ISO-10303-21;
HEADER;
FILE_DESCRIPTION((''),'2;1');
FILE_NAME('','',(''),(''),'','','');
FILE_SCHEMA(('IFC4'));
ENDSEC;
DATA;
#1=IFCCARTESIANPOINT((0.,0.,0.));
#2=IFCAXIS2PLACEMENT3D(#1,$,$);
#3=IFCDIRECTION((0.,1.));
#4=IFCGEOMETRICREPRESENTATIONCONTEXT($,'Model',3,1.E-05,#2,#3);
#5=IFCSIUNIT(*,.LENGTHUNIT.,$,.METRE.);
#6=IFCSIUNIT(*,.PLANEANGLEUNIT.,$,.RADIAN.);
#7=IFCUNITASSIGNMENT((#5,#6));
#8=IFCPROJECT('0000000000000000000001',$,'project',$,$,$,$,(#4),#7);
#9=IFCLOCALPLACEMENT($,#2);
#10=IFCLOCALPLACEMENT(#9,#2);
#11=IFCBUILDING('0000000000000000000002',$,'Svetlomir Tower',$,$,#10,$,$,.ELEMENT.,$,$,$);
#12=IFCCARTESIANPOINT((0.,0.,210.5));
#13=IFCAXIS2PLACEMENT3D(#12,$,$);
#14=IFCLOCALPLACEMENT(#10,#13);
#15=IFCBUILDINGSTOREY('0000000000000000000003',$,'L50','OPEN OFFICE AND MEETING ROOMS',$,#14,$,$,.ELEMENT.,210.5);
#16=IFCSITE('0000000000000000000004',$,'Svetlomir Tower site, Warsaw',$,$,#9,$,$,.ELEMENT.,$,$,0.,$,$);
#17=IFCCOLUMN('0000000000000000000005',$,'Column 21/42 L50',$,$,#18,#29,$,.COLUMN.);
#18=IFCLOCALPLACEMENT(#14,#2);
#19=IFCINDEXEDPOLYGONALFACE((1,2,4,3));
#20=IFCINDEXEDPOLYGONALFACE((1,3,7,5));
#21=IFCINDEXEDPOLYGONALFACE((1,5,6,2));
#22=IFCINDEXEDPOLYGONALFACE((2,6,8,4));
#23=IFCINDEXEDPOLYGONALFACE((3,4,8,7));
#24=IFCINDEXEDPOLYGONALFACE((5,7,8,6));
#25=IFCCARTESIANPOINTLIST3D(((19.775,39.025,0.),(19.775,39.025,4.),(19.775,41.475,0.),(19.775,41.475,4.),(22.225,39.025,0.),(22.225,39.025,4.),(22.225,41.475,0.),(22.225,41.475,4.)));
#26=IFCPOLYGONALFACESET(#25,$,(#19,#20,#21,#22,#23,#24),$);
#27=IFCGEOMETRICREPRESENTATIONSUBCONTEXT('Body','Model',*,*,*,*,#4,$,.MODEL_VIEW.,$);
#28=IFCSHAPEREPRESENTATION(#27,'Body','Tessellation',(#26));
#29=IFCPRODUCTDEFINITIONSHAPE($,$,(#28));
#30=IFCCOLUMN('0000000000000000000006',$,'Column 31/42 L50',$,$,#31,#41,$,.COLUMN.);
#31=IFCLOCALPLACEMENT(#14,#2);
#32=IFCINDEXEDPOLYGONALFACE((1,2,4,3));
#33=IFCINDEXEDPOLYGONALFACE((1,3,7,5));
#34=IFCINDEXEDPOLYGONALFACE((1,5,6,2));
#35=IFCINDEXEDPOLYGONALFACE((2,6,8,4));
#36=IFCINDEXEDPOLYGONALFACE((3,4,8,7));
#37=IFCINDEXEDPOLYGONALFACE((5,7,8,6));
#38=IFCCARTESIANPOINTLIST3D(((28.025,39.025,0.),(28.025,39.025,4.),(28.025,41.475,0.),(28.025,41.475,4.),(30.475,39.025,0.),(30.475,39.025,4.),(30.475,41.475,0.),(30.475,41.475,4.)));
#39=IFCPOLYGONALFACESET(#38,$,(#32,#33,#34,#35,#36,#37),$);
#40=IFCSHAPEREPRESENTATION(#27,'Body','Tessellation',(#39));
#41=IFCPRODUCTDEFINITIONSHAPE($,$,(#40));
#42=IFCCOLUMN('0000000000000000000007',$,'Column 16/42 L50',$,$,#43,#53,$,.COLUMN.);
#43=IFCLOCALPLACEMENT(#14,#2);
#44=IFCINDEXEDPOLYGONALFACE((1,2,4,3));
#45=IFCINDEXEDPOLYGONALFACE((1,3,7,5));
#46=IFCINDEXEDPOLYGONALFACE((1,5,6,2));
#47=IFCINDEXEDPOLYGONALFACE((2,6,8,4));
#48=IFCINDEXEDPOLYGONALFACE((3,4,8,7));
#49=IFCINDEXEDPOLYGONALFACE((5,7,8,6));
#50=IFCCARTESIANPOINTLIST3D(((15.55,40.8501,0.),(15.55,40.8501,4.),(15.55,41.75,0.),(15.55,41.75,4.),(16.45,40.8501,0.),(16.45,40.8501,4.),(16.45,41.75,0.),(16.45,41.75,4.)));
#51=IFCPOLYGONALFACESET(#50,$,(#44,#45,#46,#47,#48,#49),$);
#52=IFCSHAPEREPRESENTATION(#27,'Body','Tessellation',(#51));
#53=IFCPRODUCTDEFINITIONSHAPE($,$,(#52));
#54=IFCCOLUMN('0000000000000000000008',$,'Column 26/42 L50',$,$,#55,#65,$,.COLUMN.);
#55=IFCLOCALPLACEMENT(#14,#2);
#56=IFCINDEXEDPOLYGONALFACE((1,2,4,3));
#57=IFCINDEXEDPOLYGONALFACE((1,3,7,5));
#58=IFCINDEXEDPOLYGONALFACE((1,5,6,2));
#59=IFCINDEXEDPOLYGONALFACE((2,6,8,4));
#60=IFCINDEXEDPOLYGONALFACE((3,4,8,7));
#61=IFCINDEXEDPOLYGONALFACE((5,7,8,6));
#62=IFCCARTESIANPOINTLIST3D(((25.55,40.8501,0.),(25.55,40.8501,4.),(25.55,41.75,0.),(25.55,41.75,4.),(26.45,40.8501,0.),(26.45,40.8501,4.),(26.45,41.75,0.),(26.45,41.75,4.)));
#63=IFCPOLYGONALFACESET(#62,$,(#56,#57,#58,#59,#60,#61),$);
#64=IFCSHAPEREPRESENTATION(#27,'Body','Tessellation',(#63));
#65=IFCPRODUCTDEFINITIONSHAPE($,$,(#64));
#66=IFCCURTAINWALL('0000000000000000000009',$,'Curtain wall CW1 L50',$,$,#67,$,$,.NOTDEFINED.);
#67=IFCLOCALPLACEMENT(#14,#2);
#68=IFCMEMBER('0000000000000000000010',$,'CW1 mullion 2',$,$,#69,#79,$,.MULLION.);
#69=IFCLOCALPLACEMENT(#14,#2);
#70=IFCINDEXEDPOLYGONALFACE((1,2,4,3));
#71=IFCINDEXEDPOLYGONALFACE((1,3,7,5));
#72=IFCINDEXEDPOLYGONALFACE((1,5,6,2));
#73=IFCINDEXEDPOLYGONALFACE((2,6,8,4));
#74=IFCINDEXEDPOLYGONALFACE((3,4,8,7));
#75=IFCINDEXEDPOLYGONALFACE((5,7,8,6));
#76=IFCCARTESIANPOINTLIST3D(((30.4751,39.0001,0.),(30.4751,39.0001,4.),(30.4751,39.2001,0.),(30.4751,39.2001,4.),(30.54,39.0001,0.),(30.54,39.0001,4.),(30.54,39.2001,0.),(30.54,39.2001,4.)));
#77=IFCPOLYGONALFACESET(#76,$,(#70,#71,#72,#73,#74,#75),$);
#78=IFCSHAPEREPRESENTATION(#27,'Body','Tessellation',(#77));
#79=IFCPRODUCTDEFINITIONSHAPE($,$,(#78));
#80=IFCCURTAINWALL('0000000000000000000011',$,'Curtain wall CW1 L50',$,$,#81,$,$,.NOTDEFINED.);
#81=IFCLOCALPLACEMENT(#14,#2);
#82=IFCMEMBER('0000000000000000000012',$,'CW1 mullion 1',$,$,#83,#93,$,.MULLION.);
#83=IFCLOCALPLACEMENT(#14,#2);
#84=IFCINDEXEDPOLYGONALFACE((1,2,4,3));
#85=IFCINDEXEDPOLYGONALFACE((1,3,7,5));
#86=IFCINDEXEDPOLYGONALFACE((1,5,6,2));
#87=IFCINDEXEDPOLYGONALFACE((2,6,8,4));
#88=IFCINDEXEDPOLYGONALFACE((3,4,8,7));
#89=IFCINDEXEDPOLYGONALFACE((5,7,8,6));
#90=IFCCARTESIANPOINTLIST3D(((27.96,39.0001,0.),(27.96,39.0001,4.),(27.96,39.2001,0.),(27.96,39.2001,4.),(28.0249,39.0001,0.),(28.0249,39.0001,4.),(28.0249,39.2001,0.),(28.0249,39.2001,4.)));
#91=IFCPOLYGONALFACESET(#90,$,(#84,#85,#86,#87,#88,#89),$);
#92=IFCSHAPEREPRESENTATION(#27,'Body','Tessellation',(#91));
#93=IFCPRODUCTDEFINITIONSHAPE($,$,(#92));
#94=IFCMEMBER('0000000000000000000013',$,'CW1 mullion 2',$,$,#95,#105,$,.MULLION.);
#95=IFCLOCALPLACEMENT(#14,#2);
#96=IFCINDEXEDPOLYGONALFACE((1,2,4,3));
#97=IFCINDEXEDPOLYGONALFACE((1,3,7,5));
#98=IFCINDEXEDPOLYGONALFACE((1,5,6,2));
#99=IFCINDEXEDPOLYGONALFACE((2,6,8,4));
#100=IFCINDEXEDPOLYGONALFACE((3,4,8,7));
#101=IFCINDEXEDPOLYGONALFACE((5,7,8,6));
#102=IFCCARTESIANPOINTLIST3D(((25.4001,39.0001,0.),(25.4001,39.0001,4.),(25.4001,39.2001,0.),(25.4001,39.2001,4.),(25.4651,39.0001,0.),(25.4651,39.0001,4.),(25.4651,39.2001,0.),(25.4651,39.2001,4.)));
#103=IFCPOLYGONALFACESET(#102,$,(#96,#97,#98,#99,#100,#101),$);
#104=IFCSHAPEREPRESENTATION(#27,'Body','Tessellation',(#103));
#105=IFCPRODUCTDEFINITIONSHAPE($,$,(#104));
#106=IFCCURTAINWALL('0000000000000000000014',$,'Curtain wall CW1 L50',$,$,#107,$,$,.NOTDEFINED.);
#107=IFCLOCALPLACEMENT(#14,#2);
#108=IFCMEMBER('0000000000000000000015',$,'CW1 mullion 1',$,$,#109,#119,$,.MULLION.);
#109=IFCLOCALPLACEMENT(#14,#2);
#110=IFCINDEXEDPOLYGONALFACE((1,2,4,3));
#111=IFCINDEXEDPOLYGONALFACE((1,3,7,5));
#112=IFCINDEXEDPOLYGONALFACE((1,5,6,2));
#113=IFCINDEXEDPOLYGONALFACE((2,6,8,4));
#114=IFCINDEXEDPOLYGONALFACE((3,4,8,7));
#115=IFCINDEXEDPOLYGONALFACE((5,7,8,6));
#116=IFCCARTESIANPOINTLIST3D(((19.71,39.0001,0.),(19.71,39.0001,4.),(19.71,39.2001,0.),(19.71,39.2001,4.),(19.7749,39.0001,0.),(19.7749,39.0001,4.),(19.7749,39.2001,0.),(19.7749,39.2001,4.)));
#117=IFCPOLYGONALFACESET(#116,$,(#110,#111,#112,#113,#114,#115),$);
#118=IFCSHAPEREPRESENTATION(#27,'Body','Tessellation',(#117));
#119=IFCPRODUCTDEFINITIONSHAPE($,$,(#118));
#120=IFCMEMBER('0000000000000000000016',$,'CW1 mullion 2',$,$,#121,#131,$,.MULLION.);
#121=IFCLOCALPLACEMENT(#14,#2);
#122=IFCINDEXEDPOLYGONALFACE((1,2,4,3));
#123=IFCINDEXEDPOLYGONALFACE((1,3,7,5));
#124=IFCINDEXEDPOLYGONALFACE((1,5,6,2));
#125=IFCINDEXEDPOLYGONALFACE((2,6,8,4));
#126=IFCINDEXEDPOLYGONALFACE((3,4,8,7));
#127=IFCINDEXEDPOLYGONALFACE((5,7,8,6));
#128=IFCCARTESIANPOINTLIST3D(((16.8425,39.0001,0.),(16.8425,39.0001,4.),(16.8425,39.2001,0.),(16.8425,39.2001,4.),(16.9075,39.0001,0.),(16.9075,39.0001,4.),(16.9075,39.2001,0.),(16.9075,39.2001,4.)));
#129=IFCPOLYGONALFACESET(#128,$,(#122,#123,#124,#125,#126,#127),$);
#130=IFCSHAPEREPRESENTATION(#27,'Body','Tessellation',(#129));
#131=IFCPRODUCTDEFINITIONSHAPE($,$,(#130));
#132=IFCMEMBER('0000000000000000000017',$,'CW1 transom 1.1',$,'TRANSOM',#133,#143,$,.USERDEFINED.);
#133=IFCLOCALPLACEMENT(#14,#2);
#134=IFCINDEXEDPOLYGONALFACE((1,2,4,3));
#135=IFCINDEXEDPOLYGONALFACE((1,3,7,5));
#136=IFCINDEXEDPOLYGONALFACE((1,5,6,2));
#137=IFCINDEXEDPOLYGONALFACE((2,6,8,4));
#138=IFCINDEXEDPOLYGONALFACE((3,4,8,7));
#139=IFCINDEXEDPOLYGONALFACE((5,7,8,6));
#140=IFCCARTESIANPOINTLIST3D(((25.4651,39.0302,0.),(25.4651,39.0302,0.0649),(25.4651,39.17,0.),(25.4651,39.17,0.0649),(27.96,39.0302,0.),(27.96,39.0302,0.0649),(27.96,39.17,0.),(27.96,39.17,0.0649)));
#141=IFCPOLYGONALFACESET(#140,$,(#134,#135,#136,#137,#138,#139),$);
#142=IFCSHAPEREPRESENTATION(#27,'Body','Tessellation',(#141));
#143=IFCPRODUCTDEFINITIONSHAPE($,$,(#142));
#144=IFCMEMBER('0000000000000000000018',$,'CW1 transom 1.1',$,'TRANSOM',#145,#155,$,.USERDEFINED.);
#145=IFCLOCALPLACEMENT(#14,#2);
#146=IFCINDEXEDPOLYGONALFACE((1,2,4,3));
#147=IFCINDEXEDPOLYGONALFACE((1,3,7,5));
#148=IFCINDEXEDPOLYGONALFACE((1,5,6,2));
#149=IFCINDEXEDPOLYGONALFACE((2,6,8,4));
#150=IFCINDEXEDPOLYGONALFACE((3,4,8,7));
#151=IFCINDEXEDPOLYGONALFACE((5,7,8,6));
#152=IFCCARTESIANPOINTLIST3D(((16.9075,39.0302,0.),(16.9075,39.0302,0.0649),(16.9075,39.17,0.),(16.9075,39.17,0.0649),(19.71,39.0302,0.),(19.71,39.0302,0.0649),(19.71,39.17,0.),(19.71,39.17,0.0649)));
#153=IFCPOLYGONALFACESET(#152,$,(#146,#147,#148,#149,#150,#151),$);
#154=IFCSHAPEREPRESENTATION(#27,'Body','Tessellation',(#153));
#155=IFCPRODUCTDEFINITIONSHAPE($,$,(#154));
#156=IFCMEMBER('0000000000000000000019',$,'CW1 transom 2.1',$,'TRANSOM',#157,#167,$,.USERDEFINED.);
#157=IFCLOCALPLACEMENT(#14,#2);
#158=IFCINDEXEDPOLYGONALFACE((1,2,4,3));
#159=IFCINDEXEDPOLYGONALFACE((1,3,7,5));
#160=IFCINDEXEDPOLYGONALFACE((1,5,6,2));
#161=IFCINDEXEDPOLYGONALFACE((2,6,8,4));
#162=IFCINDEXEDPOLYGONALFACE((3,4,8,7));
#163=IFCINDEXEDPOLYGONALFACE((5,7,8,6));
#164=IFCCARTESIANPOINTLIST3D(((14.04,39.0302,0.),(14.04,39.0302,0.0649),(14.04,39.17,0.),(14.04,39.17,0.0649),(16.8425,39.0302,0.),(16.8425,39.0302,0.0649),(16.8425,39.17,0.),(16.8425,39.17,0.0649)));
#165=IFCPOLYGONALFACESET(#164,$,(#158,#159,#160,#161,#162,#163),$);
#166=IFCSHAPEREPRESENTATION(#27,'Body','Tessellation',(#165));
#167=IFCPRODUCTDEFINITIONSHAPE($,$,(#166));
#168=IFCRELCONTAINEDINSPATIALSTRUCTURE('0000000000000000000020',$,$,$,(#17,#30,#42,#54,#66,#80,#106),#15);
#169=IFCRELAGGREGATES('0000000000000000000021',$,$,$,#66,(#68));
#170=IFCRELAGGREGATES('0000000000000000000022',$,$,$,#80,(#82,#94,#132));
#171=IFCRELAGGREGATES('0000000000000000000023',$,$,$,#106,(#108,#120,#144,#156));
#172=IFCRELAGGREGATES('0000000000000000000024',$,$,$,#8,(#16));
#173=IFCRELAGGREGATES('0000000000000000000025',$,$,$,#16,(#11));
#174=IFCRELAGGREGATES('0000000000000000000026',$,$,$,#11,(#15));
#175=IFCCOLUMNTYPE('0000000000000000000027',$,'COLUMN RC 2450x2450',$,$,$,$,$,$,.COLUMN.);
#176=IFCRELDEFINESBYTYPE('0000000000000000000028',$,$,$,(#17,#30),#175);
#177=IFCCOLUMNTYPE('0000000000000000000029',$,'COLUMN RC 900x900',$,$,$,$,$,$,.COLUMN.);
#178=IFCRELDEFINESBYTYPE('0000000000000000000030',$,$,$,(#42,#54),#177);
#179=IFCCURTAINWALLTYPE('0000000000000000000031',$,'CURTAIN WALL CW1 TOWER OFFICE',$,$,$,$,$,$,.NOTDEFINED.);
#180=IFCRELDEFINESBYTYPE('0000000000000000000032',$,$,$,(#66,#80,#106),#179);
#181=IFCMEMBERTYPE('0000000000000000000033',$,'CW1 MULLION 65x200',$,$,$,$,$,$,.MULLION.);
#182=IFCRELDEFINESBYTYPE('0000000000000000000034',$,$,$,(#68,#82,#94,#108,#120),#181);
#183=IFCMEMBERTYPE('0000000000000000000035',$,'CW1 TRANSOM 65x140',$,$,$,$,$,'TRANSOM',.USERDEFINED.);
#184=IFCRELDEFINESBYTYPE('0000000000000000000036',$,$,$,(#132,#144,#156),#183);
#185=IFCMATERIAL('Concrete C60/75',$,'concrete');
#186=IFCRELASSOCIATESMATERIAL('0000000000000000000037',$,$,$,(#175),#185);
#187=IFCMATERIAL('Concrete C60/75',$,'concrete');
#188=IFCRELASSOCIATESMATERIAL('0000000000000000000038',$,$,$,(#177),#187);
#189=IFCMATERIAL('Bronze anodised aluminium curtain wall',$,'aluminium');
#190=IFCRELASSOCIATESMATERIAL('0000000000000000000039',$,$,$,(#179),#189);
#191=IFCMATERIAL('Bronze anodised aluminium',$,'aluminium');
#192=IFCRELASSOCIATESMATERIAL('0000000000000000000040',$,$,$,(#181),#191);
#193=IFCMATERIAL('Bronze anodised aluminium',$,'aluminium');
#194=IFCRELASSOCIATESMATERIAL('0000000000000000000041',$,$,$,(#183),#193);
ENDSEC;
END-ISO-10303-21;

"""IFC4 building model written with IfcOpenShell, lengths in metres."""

from ifc_helpers import new_model, si_unit, direction, frame, origin, origin_2d, place, context, subcontext, project, spatial, rectangle, extrude, material, material_profile, profile_set, type_object, element, aggregate, save


model = new_model("IFC4")

# Units and contexts
model_context = context("Model", 3, precision=1e-05, world=origin(), true_north=direction((0.0, 1.0)))
body_context = subcontext(model_context, "Body", "Model", "MODEL_VIEW")
ifc_project = project(units=[si_unit("LENGTHUNIT", "METRE"), si_unit("PLANEANGLEUNIT", "RADIAN")], contexts=[model_context])

# Site, building, storey
site_placement = place(None, origin())
site = spatial("IfcSite", under=ifc_project, at=site_placement, Name="Svetlomir Tower site, Warsaw", CompositionType="ELEMENT", RefElevation=0.0)
building_placement = place(site_placement, origin())
building = spatial("IfcBuilding", under=site, at=building_placement, Name="Svetlomir Tower", CompositionType="ELEMENT")
storey_placement = place(building_placement, frame((0.0, 0.0, 210.5)))
storey = spatial("IfcBuildingStorey", under=building, at=storey_placement, Name="L50", Description="OPEN OFFICE AND MEETING ROOMS", CompositionType="ELEMENT", Elevation=210.5)

# Columns
ifc_material_1 = material(Name="Concrete C60/75", Category="concrete")
ifc_material_profile_1 = material_profile(ifc_material_1, rectangle(XDim=2.45, YDim=2.45, at=origin_2d()), Name="RC 2450x2450")
ifc_profile_set_1 = profile_set([ifc_material_profile_1], Name="Concrete C60/75")
column_type_1 = type_object("IfcColumnType", Name="COLUMN RC 2450x2450", PredefinedType="COLUMN", material=ifc_profile_set_1)
for number, where, z_axis, x_axis, name in (
    (1, (21.0, 40.25, 0.0), (0.0, 0.0, 1.0), (1.0, 0.0, 0.0), "Column 21/42 L50"),
    (2, (29.25, 40.25, 0.0), (0.0, 0.0, 1.0), (1.0, 0.0, 0.0), "Column 31/42 L50"),
):
    element("IfcColumn", number, at=place(storey_placement, frame(where, z_axis=z_axis, x_axis=x_axis)), inside=storey, type_object=column_type_1, Name=name, PredefinedType="COLUMN", context=body_context, shape_type="SweptSolid", body=[
        extrude(rectangle(XDim=2.45, YDim=2.45, at=origin_2d()), origin(), (0.0, 0.0, 1.0), 4.0),
    ])
ifc_material_2 = material(Name="Concrete C60/75", Category="concrete")
ifc_material_profile_2 = material_profile(ifc_material_2, rectangle(XDim=0.8999, YDim=0.8999, at=origin_2d()), Name="RC 900x900")
ifc_profile_set_2 = profile_set([ifc_material_profile_2], Name="Concrete C60/75")
column_type_2 = type_object("IfcColumnType", Name="COLUMN RC 900x900", PredefinedType="COLUMN", material=ifc_profile_set_2)
for number, where, z_axis, x_axis, name in (
    (3, (16.0, 41.3, 0.0), (0.0, 0.0, 1.0), (1.0, 0.0, 0.0), "Column 16/42 L50"),
    (4, (26.0, 41.3, 0.0), (0.0, 0.0, 1.0), (1.0, 0.0, 0.0), "Column 26/42 L50"),
):
    element("IfcColumn", number, at=place(storey_placement, frame(where, z_axis=z_axis, x_axis=x_axis)), inside=storey, type_object=column_type_2, Name=name, PredefinedType="COLUMN", context=body_context, shape_type="SweptSolid", body=[
        extrude(rectangle(XDim=0.8999, YDim=0.8999, at=origin_2d()), origin(), (0.0, 0.0, 1.0), 4.0),
    ])

# Curtain wall, member
ifc_material_3 = material(Name="Bronze anodised aluminium curtain wall", Category="aluminium")
curtain_wall_type = type_object("IfcCurtainWallType", Name="CURTAIN WALL CW1 TOWER OFFICE", PredefinedType="NOTDEFINED", material=ifc_material_3)
curtain_wall_1_placement = place(storey_placement, origin())
curtain_wall_1 = element("IfcCurtainWall", 5, at=curtain_wall_1_placement, inside=storey, type_object=curtain_wall_type, Name="Curtain wall CW1 L50", PredefinedType="NOTDEFINED")
ifc_material_4 = material(Name="Bronze anodised aluminium", Category="aluminium")
ifc_material_profile_3 = material_profile(ifc_material_4, rectangle(XDim=0.0649, YDim=0.2, at=origin_2d()), Name="AL 65x200")
ifc_profile_set_3 = profile_set([ifc_material_profile_3], Name="Bronze anodised aluminium 6063-T6")
member_type_1 = type_object("IfcMemberType", Name="CW1 MULLION 65x200", PredefinedType="MULLION", material=ifc_profile_set_3)
member_1_placement = place(storey_placement, frame((30.5076, 39.1001, 0.0), z_axis=(0.0, 0.0, 1.0), x_axis=(-1.0, 0.0, 0.0)))
member_1 = element("IfcMember", 6, at=member_1_placement, type_object=member_type_1, Name="CW1 mullion 2", PredefinedType="MULLION", context=body_context, shape_type="SweptSolid", body=[
    extrude(rectangle(XDim=0.0649, YDim=0.2, at=origin_2d()), origin(), (0.0, 0.0, 1.0), 4.0),
])

# Curtain walls, members
curtain_wall_2_placement = place(storey_placement, origin())
curtain_wall_2 = element("IfcCurtainWall", 7, at=curtain_wall_2_placement, inside=storey, type_object=curtain_wall_type, Name="Curtain wall CW1 L50", PredefinedType="NOTDEFINED")
member_2_placement = place(storey_placement, frame((27.9924, 39.1001, 0.0), z_axis=(0.0, 0.0, 1.0), x_axis=(-1.0, 0.0, 0.0)))
member_2 = element("IfcMember", 8, at=member_2_placement, type_object=member_type_1, Name="CW1 mullion 1", PredefinedType="MULLION", context=body_context, shape_type="SweptSolid", body=[
    extrude(rectangle(XDim=0.0649, YDim=0.2, at=origin_2d()), origin(), (0.0, 0.0, 1.0), 4.0),
])
member_3_placement = place(storey_placement, frame((25.4326, 39.1001, 0.0), z_axis=(0.0, 0.0, 1.0), x_axis=(-1.0, 0.0, 0.0)))
member_3 = element("IfcMember", 9, at=member_3_placement, type_object=member_type_1, Name="CW1 mullion 2", PredefinedType="MULLION", context=body_context, shape_type="SweptSolid", body=[
    extrude(rectangle(XDim=0.0649, YDim=0.2, at=origin_2d()), origin(), (0.0, 0.0, 1.0), 4.0),
])
curtain_wall_3_placement = place(storey_placement, origin())
curtain_wall_3 = element("IfcCurtainWall", 10, at=curtain_wall_3_placement, inside=storey, type_object=curtain_wall_type, Name="Curtain wall CW1 L50", PredefinedType="NOTDEFINED")
member_4_placement = place(storey_placement, frame((19.7424, 39.1001, 0.0), z_axis=(0.0, 0.0, 1.0), x_axis=(-1.0, 0.0, 0.0)))
member_4 = element("IfcMember", 11, at=member_4_placement, type_object=member_type_1, Name="CW1 mullion 1", PredefinedType="MULLION", context=body_context, shape_type="SweptSolid", body=[
    extrude(rectangle(XDim=0.0649, YDim=0.2, at=origin_2d()), origin(), (0.0, 0.0, 1.0), 4.0),
])
member_5_placement = place(storey_placement, frame((16.875, 39.1001, 0.0), z_axis=(0.0, 0.0, 1.0), x_axis=(-1.0, 0.0, 0.0)))
member_5 = element("IfcMember", 12, at=member_5_placement, type_object=member_type_1, Name="CW1 mullion 2", PredefinedType="MULLION", context=body_context, shape_type="SweptSolid", body=[
    extrude(rectangle(XDim=0.0649, YDim=0.2, at=origin_2d()), origin(), (0.0, 0.0, 1.0), 4.0),
])

# Members
ifc_material_5 = material(Name="Bronze anodised aluminium", Category="aluminium")
ifc_material_profile_4 = material_profile(ifc_material_5, rectangle(XDim=0.1399, YDim=0.0649, at=origin_2d()), Name="AL 140x65")
ifc_profile_set_4 = profile_set([ifc_material_profile_4], Name="Bronze anodised aluminium 6063-T6")
member_type_2 = type_object("IfcMemberType", Name="CW1 TRANSOM 65x140", ElementType="TRANSOM", PredefinedType="USERDEFINED", material=ifc_profile_set_4)
member_6_placement = place(storey_placement, frame((27.96, 39.1001, 0.0325), z_axis=(-1.0, 0.0, 0.0), x_axis=(0.0, -1.0, 0.0)))
member_6 = element("IfcMember", 13, at=member_6_placement, type_object=member_type_2, Name="CW1 transom 1.1", ObjectType="TRANSOM", PredefinedType="USERDEFINED", context=body_context, shape_type="SweptSolid", body=[
    extrude(rectangle(XDim=0.1399, YDim=0.0649, at=origin_2d()), origin(), (0.0, 0.0, 1.0), 2.4949),
])
member_7_placement = place(storey_placement, frame((19.71, 39.1001, 0.0325), z_axis=(-1.0, 0.0, 0.0), x_axis=(0.0, -1.0, 0.0)))
member_7 = element("IfcMember", 14, at=member_7_placement, type_object=member_type_2, Name="CW1 transom 1.1", ObjectType="TRANSOM", PredefinedType="USERDEFINED", context=body_context, shape_type="SweptSolid", body=[
    extrude(rectangle(XDim=0.1399, YDim=0.0649, at=origin_2d()), origin(), (0.0, 0.0, 1.0), 2.8025),
])
member_8_placement = place(storey_placement, frame((16.8425, 39.1001, 0.0325), z_axis=(-1.0, 0.0, 0.0), x_axis=(0.0, -1.0, 0.0)))
member_8 = element("IfcMember", 15, at=member_8_placement, type_object=member_type_2, Name="CW1 transom 2.1", ObjectType="TRANSOM", PredefinedType="USERDEFINED", context=body_context, shape_type="SweptSolid", body=[
    extrude(rectangle(XDim=0.1399, YDim=0.0649, at=origin_2d()), origin(), (0.0, 0.0, 1.0), 2.8025),
])

aggregate(curtain_wall_1, [member_1])
aggregate(curtain_wall_2, [member_2, member_3, member_6])
aggregate(curtain_wall_3, [member_4, member_5, member_7, member_8])

save(model, "model.ifc")
